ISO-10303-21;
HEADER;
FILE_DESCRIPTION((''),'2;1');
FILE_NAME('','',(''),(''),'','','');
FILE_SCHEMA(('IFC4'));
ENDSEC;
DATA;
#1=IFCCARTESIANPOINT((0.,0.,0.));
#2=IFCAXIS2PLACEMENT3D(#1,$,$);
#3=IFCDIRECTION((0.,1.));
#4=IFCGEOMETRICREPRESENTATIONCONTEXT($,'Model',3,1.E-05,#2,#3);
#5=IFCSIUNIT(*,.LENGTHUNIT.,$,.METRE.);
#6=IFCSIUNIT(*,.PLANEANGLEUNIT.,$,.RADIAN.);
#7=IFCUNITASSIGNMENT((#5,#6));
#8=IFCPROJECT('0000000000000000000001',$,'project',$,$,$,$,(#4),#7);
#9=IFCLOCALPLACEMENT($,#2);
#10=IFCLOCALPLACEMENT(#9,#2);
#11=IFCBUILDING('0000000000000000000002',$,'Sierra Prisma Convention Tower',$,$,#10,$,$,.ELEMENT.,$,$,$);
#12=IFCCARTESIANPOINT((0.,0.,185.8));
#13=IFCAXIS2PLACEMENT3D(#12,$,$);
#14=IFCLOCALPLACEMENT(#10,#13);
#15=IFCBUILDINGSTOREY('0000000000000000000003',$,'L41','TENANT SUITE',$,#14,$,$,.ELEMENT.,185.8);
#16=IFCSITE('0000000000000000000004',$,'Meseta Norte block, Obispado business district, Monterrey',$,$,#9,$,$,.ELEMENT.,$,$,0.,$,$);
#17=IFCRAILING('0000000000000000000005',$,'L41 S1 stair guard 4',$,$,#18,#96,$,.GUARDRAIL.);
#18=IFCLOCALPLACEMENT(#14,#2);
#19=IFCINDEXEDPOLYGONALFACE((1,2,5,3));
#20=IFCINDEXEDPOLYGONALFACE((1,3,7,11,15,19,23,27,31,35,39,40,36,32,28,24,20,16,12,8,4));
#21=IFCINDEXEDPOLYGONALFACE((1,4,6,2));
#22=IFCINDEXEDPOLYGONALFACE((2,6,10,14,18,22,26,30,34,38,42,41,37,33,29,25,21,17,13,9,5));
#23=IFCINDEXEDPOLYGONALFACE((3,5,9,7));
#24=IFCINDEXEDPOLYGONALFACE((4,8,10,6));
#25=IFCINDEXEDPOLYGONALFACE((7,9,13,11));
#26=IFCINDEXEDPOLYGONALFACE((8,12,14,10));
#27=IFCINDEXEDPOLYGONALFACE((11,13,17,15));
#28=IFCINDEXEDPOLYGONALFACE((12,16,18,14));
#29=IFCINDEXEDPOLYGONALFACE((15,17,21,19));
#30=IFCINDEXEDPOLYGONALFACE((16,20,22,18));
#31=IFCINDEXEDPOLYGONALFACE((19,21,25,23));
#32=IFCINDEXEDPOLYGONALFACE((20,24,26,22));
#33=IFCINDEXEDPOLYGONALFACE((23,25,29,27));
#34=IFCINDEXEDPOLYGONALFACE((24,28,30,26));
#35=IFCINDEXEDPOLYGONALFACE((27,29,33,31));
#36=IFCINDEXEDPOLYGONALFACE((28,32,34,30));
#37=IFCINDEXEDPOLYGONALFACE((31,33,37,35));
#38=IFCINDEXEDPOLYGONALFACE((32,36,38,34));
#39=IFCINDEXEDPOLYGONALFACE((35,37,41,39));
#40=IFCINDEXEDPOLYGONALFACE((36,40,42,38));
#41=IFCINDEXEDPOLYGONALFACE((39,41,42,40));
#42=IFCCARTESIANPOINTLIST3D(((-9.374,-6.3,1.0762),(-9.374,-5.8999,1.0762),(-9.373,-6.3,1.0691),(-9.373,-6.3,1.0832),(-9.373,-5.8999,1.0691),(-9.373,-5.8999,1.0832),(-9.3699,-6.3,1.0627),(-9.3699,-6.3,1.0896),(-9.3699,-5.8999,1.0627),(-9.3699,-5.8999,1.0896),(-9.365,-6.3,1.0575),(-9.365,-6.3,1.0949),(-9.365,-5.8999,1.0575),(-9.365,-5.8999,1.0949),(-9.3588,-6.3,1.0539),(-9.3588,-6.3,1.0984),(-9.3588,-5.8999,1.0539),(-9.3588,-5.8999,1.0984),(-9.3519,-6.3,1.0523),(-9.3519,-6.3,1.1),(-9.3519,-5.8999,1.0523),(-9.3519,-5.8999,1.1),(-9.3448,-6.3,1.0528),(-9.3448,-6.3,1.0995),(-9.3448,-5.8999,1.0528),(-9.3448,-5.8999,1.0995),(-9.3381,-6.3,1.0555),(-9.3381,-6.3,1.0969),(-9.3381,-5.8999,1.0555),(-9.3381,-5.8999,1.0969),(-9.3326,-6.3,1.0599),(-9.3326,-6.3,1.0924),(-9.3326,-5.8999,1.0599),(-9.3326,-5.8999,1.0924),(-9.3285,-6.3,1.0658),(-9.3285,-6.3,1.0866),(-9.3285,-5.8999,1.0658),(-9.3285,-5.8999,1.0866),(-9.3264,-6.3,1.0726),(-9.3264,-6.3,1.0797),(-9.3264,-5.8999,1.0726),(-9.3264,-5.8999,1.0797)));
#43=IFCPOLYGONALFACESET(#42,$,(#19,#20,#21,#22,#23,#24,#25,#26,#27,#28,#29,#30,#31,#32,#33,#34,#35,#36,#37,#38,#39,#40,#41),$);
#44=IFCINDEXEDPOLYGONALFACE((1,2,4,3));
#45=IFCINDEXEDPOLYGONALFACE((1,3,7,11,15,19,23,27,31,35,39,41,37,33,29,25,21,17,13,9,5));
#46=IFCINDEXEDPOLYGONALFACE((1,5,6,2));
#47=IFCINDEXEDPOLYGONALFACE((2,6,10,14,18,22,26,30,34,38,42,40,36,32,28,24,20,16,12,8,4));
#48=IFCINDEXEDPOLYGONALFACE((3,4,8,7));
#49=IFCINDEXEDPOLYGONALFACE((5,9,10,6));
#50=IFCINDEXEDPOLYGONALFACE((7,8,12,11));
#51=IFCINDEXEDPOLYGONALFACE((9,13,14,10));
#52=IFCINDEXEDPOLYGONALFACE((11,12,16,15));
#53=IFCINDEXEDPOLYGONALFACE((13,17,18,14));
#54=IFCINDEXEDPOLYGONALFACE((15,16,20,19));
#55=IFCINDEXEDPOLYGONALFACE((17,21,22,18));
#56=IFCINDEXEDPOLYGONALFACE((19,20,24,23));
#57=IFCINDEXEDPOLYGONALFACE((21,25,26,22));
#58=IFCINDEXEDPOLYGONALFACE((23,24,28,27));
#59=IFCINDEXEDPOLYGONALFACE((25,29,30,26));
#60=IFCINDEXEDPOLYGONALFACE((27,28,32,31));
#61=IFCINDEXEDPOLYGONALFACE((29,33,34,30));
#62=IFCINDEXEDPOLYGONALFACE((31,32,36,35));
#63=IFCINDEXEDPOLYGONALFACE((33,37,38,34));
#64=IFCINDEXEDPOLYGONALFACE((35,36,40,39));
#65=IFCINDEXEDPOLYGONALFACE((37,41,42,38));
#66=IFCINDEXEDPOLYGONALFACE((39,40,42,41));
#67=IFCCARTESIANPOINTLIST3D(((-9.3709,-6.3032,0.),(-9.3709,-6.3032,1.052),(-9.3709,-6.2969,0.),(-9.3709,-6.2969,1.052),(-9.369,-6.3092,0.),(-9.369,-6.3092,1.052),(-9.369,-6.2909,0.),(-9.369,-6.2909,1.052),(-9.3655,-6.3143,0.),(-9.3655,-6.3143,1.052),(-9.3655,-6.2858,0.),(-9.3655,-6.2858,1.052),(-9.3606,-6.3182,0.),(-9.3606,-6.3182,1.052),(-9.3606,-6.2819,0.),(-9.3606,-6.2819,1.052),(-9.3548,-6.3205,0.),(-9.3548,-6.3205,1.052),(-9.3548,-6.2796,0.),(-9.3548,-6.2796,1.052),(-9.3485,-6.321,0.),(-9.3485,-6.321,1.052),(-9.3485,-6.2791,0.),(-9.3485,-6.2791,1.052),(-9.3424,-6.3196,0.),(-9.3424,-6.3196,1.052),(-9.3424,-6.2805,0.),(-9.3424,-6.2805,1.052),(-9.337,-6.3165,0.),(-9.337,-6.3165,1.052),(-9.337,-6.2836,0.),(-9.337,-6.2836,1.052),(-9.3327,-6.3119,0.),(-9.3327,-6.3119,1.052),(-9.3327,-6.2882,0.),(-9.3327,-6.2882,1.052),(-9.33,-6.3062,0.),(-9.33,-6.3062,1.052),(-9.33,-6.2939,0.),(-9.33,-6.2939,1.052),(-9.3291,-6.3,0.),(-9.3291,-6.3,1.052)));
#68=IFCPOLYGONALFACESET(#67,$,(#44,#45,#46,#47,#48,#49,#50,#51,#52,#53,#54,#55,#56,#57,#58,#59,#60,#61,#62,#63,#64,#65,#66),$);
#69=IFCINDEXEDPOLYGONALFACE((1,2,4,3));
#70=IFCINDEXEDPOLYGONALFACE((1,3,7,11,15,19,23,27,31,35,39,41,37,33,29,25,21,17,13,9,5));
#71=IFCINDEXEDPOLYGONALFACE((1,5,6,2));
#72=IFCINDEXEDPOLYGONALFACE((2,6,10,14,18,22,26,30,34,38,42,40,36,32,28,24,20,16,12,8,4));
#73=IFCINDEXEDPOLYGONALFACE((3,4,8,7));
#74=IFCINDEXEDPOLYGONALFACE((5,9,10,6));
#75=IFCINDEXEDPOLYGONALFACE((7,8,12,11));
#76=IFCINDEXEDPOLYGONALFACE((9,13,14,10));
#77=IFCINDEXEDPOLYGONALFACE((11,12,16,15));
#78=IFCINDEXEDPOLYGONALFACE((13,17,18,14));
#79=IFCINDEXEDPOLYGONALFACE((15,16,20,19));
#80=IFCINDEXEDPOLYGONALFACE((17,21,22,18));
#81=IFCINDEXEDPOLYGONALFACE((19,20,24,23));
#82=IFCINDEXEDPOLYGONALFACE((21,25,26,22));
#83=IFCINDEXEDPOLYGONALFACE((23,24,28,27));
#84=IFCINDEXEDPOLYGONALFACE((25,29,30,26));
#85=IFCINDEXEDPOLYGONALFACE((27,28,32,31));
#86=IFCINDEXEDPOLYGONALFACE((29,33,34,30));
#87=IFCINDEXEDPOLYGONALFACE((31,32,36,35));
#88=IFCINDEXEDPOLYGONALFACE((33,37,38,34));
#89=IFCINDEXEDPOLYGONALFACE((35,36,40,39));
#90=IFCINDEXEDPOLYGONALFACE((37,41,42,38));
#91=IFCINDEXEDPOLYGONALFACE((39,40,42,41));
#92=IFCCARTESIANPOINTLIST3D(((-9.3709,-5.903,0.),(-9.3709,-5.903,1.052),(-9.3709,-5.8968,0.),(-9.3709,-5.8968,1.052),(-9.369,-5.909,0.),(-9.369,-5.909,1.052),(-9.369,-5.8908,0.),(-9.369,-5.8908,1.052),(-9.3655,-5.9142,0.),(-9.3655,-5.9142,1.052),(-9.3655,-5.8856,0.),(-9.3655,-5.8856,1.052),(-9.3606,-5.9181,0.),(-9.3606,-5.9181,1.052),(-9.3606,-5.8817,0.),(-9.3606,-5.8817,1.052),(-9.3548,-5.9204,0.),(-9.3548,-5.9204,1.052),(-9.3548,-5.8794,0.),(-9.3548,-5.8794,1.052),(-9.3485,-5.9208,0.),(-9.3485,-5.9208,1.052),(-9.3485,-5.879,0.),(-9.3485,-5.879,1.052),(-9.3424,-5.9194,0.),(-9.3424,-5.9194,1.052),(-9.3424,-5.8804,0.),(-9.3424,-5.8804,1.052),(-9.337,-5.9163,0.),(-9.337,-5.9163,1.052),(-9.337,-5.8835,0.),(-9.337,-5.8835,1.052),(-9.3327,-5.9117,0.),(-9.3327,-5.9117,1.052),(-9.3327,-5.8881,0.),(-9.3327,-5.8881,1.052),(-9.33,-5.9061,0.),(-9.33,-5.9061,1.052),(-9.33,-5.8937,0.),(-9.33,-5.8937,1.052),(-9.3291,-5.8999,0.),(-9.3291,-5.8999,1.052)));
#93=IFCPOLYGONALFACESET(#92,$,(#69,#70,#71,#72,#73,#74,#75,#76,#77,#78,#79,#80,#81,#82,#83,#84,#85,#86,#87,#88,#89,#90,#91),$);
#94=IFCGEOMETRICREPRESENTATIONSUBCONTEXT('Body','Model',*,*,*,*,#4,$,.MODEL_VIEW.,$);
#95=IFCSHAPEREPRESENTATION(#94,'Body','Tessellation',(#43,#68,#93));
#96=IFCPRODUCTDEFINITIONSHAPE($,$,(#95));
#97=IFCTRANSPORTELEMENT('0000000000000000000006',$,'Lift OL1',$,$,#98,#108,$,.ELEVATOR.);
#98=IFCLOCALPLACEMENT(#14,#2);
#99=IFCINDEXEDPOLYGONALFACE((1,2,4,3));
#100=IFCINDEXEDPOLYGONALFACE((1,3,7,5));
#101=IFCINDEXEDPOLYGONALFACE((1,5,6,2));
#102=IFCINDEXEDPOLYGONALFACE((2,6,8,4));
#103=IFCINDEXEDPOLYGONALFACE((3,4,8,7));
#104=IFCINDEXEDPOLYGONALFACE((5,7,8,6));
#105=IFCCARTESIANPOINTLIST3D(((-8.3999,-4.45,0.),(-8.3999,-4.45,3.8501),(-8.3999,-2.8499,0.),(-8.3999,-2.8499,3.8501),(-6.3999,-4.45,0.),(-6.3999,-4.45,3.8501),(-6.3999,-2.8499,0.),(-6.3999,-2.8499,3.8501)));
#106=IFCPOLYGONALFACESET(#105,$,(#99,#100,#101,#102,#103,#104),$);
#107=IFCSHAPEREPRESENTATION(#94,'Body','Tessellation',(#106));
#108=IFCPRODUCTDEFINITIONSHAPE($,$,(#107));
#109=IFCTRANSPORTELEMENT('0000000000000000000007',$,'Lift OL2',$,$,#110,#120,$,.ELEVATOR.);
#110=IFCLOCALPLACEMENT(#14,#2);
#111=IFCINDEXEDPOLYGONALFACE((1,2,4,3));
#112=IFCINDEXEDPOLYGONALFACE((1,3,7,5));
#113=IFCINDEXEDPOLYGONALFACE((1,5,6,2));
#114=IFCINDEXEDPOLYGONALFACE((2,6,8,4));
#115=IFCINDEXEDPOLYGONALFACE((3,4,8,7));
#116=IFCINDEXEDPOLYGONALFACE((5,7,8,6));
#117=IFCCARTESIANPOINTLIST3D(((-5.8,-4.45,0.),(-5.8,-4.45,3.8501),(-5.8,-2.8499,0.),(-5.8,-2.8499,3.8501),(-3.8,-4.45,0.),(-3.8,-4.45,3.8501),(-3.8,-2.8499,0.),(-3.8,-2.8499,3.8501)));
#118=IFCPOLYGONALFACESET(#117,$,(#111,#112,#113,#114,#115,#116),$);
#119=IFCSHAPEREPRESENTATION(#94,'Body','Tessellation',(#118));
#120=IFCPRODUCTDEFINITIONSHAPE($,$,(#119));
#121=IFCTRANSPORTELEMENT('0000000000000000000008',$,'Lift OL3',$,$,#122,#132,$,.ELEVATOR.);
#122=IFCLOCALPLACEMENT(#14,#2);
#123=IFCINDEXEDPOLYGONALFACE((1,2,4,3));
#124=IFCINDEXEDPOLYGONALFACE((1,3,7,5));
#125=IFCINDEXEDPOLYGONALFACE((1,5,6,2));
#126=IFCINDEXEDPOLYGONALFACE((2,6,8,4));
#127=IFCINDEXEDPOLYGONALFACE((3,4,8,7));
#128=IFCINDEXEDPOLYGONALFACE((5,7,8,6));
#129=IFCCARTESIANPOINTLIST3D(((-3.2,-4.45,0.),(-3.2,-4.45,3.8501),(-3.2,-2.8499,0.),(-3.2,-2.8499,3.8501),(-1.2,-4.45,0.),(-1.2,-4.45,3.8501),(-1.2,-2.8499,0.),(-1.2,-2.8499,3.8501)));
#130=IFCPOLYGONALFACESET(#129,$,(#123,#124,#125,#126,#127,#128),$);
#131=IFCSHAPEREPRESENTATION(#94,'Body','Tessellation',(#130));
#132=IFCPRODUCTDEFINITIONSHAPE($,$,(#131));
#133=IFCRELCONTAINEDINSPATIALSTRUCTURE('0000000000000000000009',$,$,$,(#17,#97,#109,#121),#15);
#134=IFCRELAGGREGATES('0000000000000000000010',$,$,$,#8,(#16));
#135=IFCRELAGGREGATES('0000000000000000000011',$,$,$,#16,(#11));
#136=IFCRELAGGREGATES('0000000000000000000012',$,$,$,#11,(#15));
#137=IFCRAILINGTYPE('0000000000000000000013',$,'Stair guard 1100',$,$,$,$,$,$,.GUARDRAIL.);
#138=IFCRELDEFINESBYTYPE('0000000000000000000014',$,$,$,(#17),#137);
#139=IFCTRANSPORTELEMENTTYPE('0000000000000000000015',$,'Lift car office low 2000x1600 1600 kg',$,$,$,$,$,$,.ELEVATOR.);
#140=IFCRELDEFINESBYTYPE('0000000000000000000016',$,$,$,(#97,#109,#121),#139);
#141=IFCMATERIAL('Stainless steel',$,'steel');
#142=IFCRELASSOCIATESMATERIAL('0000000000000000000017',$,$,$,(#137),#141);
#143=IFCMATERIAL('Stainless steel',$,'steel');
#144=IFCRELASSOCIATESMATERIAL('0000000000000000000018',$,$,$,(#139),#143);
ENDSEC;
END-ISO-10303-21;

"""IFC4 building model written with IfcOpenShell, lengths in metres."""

from ifc_helpers import new_model, si_unit, direction, frame, origin, origin_2d, place, context, subcontext, project, spatial, rectangle, circle, extrude, material, type_object, element, save


model = new_model("IFC4")

# Units and contexts
model_context = context("Model", 3, precision=1e-05, world=origin(), true_north=direction((0.0, 1.0)))
body_context = subcontext(model_context, "Body", "Model", "MODEL_VIEW")
ifc_project = project(units=[si_unit("LENGTHUNIT", "METRE"), si_unit("PLANEANGLEUNIT", "RADIAN")], contexts=[model_context])

# Site, building, storey
site_placement = place(None, origin())
site = spatial("IfcSite", under=ifc_project, at=site_placement, Name="Meseta Norte block, Obispado business district, Monterrey", CompositionType="ELEMENT", RefElevation=0.0)
building_placement = place(site_placement, origin())
building = spatial("IfcBuilding", under=site, at=building_placement, Name="Sierra Prisma Convention Tower", CompositionType="ELEMENT")
storey_placement = place(building_placement, frame((0.0, 0.0, 185.8)))
storey = spatial("IfcBuildingStorey", under=building, at=storey_placement, Name="L41", Description="TENANT SUITE", CompositionType="ELEMENT", Elevation=185.8)

# Railing
ifc_material_1 = material(Name="Stainless steel", Category="steel")
railing_type_1 = type_object("IfcRailingType", Name="Stair guard 1100", PredefinedType="GUARDRAIL", material=ifc_material_1)
railing_1_placement = place(storey_placement, frame((-9.3501, -6.3, 0.0)))
element("IfcRailing", 1, at=railing_1_placement, inside=storey, type_object=railing_type_1, Name="L41 S1 stair guard 4", PredefinedType="GUARDRAIL", context=body_context, shape_type="SweptSolid", body=[
    extrude(circle(Radius=0.0239, at=origin_2d()), frame((0.0, 0.0, 1.0762), z_axis=(0.0, 1.0, 0.0), x_axis=(-1.0, 0.0, 0.0)), (0.0, 0.0, 1.0), 0.4001),
    extrude(circle(Radius=0.021, at=origin_2d()), origin(), (0.0, 0.0, 1.0), 1.052),
    extrude(circle(Radius=0.021, at=origin_2d()), frame((0.0, 0.4001, 0.0)), (0.0, 0.0, 1.0), 1.052),
])

# Transport elements
ifc_material_2 = material(Name="Stainless steel", Category="steel")
transport_element_type = type_object("IfcTransportElementType", Name="Lift car office low 2000x1600 1600 kg", PredefinedType="ELEVATOR", material=ifc_material_2)
for number, where, z_axis, x_axis, name in (
    (2, (-7.3999, -3.6499, 0.0), (0.0, 0.0, 1.0), (1.0, 0.0, 0.0), "Lift OL1"),
    (3, (-4.8, -3.6499, 0.0), (0.0, 0.0, 1.0), (1.0, 0.0, 0.0), "Lift OL2"),
    (4, (-2.2, -3.6499, 0.0), (0.0, 0.0, 1.0), (1.0, 0.0, 0.0), "Lift OL3"),
):
    element("IfcTransportElement", number, at=place(storey_placement, frame(where, z_axis=z_axis, x_axis=x_axis)), inside=storey, type_object=transport_element_type, Name=name, PredefinedType="ELEVATOR", context=body_context, shape_type="SweptSolid", body=[
        extrude(rectangle(XDim=2.0, YDim=1.6001, at=origin_2d()), origin(), (0.0, 0.0, 1.0), 3.8501),
    ])

save(model, "model.ifc")
